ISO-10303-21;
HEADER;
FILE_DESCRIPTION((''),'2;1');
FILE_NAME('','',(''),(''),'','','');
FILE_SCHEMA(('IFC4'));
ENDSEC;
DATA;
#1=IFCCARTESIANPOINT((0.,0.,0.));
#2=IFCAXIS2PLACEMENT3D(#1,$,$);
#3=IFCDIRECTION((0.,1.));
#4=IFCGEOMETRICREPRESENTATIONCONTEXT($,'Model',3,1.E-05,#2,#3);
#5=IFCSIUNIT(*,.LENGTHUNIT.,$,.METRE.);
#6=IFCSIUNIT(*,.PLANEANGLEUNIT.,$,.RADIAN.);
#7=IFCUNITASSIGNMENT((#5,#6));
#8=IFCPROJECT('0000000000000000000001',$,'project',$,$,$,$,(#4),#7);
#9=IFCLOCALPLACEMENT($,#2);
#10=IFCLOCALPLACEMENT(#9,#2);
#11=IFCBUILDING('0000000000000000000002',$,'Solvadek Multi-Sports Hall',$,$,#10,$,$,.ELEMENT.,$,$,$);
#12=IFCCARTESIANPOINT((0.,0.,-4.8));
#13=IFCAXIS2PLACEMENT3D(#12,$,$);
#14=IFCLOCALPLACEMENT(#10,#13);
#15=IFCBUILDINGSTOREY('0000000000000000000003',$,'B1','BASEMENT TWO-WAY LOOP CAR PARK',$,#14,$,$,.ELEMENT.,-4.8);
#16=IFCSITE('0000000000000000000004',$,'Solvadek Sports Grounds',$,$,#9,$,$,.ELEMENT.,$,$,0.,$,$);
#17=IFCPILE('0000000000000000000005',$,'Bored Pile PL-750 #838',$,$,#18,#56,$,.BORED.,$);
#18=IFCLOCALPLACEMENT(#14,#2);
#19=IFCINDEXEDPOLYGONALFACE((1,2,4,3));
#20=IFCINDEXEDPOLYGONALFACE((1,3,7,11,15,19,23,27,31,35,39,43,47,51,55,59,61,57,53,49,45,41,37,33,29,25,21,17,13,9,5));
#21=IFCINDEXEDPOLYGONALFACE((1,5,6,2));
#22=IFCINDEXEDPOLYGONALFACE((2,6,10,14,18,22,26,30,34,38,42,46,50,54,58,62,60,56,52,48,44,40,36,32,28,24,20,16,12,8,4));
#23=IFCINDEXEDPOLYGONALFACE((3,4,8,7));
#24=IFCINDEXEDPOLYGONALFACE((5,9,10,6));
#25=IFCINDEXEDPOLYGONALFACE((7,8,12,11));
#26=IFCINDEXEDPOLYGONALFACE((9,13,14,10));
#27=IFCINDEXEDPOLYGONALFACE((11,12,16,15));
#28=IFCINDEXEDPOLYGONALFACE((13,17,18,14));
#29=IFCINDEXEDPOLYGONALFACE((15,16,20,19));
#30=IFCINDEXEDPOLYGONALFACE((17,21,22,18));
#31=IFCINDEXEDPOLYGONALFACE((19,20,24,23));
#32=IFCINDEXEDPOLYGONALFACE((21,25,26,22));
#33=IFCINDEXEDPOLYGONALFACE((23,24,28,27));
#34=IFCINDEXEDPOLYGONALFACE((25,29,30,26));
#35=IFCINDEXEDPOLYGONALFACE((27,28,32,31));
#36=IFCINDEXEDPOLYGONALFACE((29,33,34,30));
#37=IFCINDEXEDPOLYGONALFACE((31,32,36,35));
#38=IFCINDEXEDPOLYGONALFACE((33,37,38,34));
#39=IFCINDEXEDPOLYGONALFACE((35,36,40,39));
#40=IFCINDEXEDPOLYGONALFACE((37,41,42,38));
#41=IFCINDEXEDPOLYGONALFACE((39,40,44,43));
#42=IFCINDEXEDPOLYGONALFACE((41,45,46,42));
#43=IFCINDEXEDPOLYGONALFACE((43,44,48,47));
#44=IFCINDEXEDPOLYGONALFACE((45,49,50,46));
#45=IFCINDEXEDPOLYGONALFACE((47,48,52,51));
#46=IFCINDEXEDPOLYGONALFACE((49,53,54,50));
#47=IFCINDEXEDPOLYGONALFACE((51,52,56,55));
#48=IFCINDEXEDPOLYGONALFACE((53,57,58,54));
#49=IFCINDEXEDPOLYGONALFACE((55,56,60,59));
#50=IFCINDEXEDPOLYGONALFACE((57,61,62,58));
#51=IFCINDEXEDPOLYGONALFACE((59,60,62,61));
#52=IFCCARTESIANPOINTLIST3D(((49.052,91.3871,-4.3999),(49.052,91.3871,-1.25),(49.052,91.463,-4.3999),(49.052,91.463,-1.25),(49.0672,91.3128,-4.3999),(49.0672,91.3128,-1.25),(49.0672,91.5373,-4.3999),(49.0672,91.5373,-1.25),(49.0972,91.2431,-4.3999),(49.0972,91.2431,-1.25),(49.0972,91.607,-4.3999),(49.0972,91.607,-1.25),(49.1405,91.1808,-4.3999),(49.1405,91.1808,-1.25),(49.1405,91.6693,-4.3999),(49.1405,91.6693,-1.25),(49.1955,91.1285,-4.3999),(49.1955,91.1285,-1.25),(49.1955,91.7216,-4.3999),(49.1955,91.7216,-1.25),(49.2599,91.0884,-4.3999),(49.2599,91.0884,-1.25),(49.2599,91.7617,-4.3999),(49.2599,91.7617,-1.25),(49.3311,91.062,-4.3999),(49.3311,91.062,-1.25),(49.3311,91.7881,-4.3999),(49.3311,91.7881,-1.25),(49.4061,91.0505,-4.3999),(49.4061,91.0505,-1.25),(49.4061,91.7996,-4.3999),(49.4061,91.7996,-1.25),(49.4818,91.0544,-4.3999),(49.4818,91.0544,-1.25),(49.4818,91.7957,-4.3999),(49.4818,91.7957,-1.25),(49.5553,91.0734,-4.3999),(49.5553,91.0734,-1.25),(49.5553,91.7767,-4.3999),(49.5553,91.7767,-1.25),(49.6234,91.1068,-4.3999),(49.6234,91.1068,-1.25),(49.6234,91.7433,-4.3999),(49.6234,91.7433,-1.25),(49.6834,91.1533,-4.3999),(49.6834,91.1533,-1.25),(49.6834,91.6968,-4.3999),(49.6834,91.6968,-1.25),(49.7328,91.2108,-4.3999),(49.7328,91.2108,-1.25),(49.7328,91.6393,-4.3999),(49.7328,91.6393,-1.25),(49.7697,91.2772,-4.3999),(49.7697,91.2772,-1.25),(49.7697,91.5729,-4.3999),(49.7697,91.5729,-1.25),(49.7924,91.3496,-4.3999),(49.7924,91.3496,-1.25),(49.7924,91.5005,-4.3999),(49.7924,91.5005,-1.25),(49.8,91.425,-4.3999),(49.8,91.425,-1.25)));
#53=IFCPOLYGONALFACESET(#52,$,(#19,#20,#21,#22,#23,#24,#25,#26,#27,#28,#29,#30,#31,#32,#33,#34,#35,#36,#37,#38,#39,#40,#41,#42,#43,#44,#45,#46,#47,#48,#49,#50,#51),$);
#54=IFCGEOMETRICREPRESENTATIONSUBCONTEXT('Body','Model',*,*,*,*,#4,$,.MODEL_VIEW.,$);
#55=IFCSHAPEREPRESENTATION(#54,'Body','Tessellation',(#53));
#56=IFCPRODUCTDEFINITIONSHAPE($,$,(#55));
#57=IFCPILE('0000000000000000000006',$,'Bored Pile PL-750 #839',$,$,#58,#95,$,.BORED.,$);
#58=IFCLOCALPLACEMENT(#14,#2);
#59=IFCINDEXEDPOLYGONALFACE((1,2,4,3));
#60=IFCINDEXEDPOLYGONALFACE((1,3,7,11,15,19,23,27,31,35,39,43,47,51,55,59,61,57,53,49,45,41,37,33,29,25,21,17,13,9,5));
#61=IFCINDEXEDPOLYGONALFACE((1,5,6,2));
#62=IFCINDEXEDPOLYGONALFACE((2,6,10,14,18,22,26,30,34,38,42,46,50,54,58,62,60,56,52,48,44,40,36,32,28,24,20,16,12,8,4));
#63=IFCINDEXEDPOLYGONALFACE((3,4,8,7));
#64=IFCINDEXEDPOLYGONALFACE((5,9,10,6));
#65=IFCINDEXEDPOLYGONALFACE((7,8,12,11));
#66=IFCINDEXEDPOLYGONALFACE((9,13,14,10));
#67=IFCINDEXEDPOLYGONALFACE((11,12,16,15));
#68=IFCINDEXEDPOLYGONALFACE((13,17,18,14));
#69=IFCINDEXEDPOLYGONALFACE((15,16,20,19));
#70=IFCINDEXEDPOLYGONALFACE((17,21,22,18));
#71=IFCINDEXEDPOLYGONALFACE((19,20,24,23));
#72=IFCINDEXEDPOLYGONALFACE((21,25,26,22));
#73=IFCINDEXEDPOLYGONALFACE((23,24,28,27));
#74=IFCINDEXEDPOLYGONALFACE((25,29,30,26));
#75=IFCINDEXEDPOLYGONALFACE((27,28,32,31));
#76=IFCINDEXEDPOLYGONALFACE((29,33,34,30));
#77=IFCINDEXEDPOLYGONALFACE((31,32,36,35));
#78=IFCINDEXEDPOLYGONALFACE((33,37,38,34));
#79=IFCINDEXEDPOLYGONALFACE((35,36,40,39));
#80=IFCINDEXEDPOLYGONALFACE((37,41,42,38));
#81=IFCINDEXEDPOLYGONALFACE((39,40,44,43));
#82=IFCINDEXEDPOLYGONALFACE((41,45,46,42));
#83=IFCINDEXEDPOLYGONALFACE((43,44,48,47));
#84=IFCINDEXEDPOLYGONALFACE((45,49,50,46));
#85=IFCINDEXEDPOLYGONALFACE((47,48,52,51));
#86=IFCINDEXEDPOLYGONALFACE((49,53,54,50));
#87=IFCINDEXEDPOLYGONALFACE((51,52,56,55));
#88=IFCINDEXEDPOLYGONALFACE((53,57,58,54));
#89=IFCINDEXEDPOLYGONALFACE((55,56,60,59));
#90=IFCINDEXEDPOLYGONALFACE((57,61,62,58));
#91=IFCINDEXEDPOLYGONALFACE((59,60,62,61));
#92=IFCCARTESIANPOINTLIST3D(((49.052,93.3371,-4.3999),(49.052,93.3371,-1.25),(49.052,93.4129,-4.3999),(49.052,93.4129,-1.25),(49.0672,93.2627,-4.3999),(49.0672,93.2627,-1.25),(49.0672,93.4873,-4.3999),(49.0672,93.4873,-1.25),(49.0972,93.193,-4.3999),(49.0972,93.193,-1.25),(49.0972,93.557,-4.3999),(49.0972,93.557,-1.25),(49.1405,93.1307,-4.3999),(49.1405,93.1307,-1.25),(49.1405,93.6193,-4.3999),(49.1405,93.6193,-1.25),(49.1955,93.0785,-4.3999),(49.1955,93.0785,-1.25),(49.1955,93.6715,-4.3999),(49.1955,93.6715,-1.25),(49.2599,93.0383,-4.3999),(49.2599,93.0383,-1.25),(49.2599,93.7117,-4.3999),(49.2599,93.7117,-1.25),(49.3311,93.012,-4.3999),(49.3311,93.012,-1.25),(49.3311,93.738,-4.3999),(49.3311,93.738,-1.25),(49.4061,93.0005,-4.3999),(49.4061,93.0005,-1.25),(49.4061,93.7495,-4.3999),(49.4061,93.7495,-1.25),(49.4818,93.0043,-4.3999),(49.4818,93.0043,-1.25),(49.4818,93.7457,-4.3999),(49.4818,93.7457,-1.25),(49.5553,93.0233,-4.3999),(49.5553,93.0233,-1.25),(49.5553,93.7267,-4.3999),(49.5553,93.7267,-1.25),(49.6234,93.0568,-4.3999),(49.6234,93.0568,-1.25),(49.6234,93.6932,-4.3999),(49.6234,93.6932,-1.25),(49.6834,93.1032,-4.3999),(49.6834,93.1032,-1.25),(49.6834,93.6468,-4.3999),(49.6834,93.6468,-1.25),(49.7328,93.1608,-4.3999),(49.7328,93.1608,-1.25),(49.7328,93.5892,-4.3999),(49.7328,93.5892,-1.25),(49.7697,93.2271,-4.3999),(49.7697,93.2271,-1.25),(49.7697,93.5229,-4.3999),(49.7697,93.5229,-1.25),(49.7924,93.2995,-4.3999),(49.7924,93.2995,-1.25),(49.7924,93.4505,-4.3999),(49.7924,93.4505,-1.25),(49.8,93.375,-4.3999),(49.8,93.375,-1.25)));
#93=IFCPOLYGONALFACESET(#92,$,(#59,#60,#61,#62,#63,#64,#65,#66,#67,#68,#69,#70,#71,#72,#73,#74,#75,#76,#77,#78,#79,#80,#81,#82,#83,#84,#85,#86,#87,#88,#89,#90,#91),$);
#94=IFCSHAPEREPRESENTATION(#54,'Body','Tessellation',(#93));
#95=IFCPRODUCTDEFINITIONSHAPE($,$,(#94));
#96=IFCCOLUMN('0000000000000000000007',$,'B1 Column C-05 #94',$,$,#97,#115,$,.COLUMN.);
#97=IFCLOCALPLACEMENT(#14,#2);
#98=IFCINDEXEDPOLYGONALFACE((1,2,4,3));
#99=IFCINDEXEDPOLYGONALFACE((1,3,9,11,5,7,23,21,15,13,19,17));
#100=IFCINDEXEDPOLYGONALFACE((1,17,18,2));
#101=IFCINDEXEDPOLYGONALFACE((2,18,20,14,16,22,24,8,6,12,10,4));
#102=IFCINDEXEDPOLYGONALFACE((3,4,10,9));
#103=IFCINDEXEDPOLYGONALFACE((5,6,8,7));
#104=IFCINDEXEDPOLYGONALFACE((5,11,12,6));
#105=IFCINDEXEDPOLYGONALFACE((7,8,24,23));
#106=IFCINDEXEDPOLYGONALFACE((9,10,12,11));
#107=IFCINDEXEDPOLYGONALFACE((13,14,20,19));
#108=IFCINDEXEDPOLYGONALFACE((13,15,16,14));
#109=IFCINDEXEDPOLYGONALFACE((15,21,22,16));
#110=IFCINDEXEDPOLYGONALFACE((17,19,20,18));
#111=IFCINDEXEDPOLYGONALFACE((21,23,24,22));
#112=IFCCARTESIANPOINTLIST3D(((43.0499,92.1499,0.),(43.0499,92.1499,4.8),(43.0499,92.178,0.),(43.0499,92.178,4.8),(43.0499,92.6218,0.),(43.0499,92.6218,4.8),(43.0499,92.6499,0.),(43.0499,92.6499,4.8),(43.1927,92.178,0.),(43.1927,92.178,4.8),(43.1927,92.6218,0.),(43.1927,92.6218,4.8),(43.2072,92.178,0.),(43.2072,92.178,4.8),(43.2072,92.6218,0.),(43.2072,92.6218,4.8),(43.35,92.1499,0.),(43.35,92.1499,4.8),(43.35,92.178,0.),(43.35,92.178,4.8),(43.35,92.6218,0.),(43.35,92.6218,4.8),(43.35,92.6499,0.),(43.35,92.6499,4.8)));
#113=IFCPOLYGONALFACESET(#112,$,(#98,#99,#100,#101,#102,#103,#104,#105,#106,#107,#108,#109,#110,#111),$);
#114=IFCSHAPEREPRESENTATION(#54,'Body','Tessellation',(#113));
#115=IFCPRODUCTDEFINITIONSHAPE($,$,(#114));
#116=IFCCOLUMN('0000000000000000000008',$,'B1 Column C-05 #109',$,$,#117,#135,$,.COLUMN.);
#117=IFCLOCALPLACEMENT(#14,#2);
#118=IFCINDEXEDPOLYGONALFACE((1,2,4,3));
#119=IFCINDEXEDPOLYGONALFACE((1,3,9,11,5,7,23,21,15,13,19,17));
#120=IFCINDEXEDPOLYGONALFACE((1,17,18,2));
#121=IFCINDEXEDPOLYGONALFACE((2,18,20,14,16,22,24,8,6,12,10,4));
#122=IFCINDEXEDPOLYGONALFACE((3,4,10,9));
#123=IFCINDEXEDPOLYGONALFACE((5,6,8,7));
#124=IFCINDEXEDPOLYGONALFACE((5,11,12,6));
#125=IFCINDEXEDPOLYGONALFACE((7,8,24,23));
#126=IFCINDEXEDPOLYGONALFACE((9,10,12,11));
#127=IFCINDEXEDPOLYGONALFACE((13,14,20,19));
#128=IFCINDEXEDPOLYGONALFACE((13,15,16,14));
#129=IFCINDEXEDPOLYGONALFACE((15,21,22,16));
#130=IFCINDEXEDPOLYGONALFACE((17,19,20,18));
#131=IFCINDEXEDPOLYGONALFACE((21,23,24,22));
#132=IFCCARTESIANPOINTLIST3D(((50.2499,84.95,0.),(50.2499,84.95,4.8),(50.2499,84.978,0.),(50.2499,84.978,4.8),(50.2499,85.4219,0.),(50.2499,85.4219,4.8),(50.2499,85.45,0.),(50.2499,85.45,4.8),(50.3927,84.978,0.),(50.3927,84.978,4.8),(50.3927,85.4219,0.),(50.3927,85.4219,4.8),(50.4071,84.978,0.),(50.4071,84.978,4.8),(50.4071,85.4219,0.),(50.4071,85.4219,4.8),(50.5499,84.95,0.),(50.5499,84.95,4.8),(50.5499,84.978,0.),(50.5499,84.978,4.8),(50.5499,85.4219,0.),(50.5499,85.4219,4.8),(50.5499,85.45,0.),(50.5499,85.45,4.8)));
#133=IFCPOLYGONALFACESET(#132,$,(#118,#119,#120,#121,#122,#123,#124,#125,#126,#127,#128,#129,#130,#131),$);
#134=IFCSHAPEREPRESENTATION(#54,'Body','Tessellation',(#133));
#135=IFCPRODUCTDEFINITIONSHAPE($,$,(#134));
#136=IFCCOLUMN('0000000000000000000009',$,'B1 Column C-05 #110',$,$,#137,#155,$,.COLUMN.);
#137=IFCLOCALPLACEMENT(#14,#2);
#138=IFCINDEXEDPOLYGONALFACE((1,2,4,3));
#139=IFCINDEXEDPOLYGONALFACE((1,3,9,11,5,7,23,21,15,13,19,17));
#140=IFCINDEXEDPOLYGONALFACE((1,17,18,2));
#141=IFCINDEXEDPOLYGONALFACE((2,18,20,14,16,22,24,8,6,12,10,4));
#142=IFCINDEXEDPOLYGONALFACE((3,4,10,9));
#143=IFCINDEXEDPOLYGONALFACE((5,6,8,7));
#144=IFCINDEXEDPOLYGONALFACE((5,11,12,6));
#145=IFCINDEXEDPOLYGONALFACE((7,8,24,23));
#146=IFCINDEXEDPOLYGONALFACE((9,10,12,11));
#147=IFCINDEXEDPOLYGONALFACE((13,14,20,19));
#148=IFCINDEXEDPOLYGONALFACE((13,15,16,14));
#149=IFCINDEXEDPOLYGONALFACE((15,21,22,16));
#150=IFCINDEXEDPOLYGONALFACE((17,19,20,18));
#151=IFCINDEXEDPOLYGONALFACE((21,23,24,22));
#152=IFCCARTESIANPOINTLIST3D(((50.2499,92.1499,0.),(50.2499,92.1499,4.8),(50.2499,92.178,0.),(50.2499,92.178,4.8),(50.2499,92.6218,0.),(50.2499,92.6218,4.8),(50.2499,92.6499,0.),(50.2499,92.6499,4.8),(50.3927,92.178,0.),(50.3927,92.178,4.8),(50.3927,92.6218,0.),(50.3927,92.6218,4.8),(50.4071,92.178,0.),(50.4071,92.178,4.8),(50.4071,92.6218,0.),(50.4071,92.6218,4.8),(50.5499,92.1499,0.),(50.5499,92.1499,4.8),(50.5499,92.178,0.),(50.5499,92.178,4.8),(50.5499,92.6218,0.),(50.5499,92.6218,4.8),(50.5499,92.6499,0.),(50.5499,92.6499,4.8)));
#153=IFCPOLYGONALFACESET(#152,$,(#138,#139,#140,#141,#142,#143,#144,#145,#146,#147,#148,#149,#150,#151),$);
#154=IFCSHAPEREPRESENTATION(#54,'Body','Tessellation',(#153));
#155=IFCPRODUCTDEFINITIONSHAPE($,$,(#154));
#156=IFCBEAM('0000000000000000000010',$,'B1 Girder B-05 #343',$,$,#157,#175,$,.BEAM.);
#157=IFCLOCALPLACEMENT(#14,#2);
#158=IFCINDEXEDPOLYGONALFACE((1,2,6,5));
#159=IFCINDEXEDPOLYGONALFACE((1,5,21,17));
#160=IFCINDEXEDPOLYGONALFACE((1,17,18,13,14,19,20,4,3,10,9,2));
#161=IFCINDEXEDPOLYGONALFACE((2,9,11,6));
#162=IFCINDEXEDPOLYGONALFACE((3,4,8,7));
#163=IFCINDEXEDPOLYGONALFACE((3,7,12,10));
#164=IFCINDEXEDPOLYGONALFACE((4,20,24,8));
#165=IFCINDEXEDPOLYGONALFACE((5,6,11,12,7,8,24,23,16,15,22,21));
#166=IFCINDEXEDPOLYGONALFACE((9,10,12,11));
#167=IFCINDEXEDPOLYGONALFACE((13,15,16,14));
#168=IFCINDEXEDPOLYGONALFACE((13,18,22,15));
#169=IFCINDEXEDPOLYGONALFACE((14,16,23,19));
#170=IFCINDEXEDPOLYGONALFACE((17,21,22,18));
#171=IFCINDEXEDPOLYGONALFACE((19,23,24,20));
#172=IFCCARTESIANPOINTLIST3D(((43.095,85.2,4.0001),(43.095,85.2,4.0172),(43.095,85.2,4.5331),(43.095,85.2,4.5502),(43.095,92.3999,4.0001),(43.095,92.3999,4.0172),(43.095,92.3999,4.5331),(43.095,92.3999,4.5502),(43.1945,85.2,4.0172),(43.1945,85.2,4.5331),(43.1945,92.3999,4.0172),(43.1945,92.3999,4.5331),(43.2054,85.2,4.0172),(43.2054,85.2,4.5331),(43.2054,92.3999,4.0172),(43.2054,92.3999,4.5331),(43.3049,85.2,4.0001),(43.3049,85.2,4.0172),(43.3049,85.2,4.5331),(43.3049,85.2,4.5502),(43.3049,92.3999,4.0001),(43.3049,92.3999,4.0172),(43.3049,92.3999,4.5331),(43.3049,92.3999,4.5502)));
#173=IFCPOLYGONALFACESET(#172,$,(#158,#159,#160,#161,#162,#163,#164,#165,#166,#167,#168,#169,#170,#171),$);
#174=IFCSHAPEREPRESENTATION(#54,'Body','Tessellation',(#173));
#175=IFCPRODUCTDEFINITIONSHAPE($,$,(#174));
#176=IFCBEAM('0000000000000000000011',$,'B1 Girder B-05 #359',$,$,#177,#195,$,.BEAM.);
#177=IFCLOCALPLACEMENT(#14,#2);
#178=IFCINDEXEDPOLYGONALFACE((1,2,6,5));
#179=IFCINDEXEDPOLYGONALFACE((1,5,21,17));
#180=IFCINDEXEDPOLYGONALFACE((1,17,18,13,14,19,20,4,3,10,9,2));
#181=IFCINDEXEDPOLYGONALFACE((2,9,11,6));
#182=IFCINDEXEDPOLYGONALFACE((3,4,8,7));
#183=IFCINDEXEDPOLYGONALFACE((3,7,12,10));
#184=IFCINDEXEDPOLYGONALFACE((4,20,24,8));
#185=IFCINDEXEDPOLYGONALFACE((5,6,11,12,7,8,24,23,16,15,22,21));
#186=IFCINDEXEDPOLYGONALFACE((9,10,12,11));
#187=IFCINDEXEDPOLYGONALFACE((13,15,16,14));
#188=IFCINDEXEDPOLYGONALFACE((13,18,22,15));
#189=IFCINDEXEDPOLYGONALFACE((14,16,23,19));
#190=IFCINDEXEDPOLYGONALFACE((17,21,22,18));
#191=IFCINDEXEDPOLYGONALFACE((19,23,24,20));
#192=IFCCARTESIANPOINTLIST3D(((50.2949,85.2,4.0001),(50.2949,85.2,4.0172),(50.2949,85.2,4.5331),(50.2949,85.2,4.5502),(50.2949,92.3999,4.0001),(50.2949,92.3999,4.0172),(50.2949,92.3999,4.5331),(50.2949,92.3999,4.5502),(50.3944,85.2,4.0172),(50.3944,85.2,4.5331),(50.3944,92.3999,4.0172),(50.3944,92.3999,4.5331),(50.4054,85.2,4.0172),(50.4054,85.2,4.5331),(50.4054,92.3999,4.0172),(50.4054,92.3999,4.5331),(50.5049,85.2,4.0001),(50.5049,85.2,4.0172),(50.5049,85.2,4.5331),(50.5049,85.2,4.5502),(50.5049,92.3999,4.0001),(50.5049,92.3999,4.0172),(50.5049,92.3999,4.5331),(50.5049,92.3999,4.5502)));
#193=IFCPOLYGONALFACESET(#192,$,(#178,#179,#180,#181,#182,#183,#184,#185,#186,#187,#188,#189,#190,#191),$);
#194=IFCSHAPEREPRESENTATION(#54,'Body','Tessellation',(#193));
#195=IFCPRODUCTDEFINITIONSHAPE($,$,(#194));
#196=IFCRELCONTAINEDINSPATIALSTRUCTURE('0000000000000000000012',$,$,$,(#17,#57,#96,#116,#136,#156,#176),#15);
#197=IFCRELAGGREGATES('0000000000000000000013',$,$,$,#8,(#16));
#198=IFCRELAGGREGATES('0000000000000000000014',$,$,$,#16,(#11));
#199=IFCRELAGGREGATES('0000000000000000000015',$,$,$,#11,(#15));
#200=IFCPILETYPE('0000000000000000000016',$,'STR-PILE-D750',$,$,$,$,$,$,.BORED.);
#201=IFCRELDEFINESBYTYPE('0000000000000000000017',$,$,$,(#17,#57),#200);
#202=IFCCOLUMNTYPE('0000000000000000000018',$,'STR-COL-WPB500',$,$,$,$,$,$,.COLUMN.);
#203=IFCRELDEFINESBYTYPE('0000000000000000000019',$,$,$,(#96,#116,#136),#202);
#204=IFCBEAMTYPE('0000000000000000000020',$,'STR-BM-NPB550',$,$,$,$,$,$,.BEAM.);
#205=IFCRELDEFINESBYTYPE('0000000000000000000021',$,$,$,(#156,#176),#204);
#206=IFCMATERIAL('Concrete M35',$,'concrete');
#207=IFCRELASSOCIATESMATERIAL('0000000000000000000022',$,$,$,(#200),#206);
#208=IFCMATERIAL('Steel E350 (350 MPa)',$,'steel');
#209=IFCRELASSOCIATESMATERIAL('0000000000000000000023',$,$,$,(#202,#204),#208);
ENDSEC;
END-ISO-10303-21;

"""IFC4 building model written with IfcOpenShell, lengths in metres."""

from ifc_helpers import new_model, si_unit, direction, frame, origin, origin_2d, place, context, subcontext, project, spatial, circle, i_section, extrude, material, material_profile, profile_set, type_object, element, save


model = new_model("IFC4")

# Units and contexts
model_context = context("Model", 3, precision=1e-05, world=origin(), true_north=direction((0.0, 1.0)))
body_context = subcontext(model_context, "Body", "Model", "MODEL_VIEW")
ifc_project = project(units=[si_unit("LENGTHUNIT", "METRE"), si_unit("PLANEANGLEUNIT", "RADIAN")], contexts=[model_context])

# Site, building, storey
site_placement = place(None, origin())
site = spatial("IfcSite", under=ifc_project, at=site_placement, Name="Solvadek Sports Grounds", CompositionType="ELEMENT", RefElevation=0.0)
building_placement = place(site_placement, origin())
building = spatial("IfcBuilding", under=site, at=building_placement, Name="Solvadek Multi-Sports Hall", CompositionType="ELEMENT")
storey_placement = place(building_placement, frame((0.0, 0.0, -4.8)))
storey = spatial("IfcBuildingStorey", under=building, at=storey_placement, Name="B1", Description="BASEMENT TWO-WAY LOOP CAR PARK", CompositionType="ELEMENT", Elevation=-4.8)

# Piles
ifc_material_1 = material(Name="Concrete M35", Category="concrete")
ifc_material_profile_1 = material_profile(ifc_material_1, circle(Radius=0.375, at=origin_2d()), Name="BORED PILE D750")
ifc_profile_set_1 = profile_set([ifc_material_profile_1], Name="Concrete M35")
pile_type = type_object("IfcPileType", Name="STR-PILE-D750", PredefinedType="BORED", material=ifc_profile_set_1)
for number, where, z_axis, x_axis, name in (
    (1, (49.425, 91.425, -1.25), (0.0, 0.0, -1.0), (1.0, 0.0, 0.0), "Bored Pile PL-750 #838"),
    (2, (49.425, 93.375, -1.25), (0.0, 0.0, -1.0), (1.0, 0.0, 0.0), "Bored Pile PL-750 #839"),
):
    element("IfcPile", number, at=place(storey_placement, frame(where, z_axis=z_axis, x_axis=x_axis)), inside=storey, type_object=pile_type, Name=name, PredefinedType="BORED", context=body_context, shape_type="SweptSolid", body=[
        extrude(circle(Radius=0.375, at=origin_2d()), origin(), (0.0, 0.0, 1.0), 3.1499),
    ])

# Columns
ifc_material_2 = material(Name="Steel E350 (350 MPa)", Category="steel")
ifc_material_profile_2 = material_profile(ifc_material_2, i_section(OverallWidth=0.3, OverallDepth=0.5, WebThickness=0.0144, FlangeThickness=0.0281, at=origin_2d()), Name="WPB 500")
ifc_profile_set_2 = profile_set([ifc_material_profile_2], Name="Steel E350 (350 MPa)")
column_type = type_object("IfcColumnType", Name="STR-COL-WPB500", PredefinedType="COLUMN", material=ifc_profile_set_2)
for number, where, z_axis, x_axis, name in (
    (3, (43.2, 92.3999, 0.0), (0.0, 0.0, 1.0), (1.0, 0.0, 0.0), "B1 Column C-05 #94"),
    (4, (50.3999, 85.2, 0.0), (0.0, 0.0, 1.0), (1.0, 0.0, 0.0), "B1 Column C-05 #109"),
    (5, (50.3999, 92.3999, 0.0), (0.0, 0.0, 1.0), (1.0, 0.0, 0.0), "B1 Column C-05 #110"),
):
    element("IfcColumn", number, at=place(storey_placement, frame(where, z_axis=z_axis, x_axis=x_axis)), inside=storey, type_object=column_type, Name=name, PredefinedType="COLUMN", context=body_context, shape_type="SweptSolid", body=[
        extrude(i_section(OverallWidth=0.3, OverallDepth=0.5, WebThickness=0.0144, FlangeThickness=0.0281, at=origin_2d()), origin(), (0.0, 0.0, 1.0), 4.8),
    ])

# Beams
ifc_material_profile_3 = material_profile(ifc_material_2, i_section(OverallWidth=0.21, OverallDepth=0.55, WebThickness=0.011, FlangeThickness=0.0171, at=origin_2d()), Name="NPB 550")
ifc_profile_set_3 = profile_set([ifc_material_profile_3], Name="Steel E350 (350 MPa)")
beam_type_1 = type_object("IfcBeamType", Name="STR-BM-NPB550", PredefinedType="BEAM", material=ifc_profile_set_3)
for number, where, z_axis, x_axis, name in (
    (6, (43.2, 85.2, 4.2751), (0.0, 1.0, 0.0), (-1.0, 0.0, 0.0), "B1 Girder B-05 #343"),
    (7, (50.3999, 85.2, 4.2751), (0.0, 1.0, 0.0), (-1.0, 0.0, 0.0), "B1 Girder B-05 #359"),
):
    element("IfcBeam", number, at=place(storey_placement, frame(where, z_axis=z_axis, x_axis=x_axis)), inside=storey, type_object=beam_type_1, Name=name, PredefinedType="BEAM", context=body_context, shape_type="SweptSolid", body=[
        extrude(i_section(OverallWidth=0.21, OverallDepth=0.55, WebThickness=0.011, FlangeThickness=0.0171, at=origin_2d()), origin(), (0.0, 0.0, 1.0), 7.2),
    ])

save(model, "model.ifc")
